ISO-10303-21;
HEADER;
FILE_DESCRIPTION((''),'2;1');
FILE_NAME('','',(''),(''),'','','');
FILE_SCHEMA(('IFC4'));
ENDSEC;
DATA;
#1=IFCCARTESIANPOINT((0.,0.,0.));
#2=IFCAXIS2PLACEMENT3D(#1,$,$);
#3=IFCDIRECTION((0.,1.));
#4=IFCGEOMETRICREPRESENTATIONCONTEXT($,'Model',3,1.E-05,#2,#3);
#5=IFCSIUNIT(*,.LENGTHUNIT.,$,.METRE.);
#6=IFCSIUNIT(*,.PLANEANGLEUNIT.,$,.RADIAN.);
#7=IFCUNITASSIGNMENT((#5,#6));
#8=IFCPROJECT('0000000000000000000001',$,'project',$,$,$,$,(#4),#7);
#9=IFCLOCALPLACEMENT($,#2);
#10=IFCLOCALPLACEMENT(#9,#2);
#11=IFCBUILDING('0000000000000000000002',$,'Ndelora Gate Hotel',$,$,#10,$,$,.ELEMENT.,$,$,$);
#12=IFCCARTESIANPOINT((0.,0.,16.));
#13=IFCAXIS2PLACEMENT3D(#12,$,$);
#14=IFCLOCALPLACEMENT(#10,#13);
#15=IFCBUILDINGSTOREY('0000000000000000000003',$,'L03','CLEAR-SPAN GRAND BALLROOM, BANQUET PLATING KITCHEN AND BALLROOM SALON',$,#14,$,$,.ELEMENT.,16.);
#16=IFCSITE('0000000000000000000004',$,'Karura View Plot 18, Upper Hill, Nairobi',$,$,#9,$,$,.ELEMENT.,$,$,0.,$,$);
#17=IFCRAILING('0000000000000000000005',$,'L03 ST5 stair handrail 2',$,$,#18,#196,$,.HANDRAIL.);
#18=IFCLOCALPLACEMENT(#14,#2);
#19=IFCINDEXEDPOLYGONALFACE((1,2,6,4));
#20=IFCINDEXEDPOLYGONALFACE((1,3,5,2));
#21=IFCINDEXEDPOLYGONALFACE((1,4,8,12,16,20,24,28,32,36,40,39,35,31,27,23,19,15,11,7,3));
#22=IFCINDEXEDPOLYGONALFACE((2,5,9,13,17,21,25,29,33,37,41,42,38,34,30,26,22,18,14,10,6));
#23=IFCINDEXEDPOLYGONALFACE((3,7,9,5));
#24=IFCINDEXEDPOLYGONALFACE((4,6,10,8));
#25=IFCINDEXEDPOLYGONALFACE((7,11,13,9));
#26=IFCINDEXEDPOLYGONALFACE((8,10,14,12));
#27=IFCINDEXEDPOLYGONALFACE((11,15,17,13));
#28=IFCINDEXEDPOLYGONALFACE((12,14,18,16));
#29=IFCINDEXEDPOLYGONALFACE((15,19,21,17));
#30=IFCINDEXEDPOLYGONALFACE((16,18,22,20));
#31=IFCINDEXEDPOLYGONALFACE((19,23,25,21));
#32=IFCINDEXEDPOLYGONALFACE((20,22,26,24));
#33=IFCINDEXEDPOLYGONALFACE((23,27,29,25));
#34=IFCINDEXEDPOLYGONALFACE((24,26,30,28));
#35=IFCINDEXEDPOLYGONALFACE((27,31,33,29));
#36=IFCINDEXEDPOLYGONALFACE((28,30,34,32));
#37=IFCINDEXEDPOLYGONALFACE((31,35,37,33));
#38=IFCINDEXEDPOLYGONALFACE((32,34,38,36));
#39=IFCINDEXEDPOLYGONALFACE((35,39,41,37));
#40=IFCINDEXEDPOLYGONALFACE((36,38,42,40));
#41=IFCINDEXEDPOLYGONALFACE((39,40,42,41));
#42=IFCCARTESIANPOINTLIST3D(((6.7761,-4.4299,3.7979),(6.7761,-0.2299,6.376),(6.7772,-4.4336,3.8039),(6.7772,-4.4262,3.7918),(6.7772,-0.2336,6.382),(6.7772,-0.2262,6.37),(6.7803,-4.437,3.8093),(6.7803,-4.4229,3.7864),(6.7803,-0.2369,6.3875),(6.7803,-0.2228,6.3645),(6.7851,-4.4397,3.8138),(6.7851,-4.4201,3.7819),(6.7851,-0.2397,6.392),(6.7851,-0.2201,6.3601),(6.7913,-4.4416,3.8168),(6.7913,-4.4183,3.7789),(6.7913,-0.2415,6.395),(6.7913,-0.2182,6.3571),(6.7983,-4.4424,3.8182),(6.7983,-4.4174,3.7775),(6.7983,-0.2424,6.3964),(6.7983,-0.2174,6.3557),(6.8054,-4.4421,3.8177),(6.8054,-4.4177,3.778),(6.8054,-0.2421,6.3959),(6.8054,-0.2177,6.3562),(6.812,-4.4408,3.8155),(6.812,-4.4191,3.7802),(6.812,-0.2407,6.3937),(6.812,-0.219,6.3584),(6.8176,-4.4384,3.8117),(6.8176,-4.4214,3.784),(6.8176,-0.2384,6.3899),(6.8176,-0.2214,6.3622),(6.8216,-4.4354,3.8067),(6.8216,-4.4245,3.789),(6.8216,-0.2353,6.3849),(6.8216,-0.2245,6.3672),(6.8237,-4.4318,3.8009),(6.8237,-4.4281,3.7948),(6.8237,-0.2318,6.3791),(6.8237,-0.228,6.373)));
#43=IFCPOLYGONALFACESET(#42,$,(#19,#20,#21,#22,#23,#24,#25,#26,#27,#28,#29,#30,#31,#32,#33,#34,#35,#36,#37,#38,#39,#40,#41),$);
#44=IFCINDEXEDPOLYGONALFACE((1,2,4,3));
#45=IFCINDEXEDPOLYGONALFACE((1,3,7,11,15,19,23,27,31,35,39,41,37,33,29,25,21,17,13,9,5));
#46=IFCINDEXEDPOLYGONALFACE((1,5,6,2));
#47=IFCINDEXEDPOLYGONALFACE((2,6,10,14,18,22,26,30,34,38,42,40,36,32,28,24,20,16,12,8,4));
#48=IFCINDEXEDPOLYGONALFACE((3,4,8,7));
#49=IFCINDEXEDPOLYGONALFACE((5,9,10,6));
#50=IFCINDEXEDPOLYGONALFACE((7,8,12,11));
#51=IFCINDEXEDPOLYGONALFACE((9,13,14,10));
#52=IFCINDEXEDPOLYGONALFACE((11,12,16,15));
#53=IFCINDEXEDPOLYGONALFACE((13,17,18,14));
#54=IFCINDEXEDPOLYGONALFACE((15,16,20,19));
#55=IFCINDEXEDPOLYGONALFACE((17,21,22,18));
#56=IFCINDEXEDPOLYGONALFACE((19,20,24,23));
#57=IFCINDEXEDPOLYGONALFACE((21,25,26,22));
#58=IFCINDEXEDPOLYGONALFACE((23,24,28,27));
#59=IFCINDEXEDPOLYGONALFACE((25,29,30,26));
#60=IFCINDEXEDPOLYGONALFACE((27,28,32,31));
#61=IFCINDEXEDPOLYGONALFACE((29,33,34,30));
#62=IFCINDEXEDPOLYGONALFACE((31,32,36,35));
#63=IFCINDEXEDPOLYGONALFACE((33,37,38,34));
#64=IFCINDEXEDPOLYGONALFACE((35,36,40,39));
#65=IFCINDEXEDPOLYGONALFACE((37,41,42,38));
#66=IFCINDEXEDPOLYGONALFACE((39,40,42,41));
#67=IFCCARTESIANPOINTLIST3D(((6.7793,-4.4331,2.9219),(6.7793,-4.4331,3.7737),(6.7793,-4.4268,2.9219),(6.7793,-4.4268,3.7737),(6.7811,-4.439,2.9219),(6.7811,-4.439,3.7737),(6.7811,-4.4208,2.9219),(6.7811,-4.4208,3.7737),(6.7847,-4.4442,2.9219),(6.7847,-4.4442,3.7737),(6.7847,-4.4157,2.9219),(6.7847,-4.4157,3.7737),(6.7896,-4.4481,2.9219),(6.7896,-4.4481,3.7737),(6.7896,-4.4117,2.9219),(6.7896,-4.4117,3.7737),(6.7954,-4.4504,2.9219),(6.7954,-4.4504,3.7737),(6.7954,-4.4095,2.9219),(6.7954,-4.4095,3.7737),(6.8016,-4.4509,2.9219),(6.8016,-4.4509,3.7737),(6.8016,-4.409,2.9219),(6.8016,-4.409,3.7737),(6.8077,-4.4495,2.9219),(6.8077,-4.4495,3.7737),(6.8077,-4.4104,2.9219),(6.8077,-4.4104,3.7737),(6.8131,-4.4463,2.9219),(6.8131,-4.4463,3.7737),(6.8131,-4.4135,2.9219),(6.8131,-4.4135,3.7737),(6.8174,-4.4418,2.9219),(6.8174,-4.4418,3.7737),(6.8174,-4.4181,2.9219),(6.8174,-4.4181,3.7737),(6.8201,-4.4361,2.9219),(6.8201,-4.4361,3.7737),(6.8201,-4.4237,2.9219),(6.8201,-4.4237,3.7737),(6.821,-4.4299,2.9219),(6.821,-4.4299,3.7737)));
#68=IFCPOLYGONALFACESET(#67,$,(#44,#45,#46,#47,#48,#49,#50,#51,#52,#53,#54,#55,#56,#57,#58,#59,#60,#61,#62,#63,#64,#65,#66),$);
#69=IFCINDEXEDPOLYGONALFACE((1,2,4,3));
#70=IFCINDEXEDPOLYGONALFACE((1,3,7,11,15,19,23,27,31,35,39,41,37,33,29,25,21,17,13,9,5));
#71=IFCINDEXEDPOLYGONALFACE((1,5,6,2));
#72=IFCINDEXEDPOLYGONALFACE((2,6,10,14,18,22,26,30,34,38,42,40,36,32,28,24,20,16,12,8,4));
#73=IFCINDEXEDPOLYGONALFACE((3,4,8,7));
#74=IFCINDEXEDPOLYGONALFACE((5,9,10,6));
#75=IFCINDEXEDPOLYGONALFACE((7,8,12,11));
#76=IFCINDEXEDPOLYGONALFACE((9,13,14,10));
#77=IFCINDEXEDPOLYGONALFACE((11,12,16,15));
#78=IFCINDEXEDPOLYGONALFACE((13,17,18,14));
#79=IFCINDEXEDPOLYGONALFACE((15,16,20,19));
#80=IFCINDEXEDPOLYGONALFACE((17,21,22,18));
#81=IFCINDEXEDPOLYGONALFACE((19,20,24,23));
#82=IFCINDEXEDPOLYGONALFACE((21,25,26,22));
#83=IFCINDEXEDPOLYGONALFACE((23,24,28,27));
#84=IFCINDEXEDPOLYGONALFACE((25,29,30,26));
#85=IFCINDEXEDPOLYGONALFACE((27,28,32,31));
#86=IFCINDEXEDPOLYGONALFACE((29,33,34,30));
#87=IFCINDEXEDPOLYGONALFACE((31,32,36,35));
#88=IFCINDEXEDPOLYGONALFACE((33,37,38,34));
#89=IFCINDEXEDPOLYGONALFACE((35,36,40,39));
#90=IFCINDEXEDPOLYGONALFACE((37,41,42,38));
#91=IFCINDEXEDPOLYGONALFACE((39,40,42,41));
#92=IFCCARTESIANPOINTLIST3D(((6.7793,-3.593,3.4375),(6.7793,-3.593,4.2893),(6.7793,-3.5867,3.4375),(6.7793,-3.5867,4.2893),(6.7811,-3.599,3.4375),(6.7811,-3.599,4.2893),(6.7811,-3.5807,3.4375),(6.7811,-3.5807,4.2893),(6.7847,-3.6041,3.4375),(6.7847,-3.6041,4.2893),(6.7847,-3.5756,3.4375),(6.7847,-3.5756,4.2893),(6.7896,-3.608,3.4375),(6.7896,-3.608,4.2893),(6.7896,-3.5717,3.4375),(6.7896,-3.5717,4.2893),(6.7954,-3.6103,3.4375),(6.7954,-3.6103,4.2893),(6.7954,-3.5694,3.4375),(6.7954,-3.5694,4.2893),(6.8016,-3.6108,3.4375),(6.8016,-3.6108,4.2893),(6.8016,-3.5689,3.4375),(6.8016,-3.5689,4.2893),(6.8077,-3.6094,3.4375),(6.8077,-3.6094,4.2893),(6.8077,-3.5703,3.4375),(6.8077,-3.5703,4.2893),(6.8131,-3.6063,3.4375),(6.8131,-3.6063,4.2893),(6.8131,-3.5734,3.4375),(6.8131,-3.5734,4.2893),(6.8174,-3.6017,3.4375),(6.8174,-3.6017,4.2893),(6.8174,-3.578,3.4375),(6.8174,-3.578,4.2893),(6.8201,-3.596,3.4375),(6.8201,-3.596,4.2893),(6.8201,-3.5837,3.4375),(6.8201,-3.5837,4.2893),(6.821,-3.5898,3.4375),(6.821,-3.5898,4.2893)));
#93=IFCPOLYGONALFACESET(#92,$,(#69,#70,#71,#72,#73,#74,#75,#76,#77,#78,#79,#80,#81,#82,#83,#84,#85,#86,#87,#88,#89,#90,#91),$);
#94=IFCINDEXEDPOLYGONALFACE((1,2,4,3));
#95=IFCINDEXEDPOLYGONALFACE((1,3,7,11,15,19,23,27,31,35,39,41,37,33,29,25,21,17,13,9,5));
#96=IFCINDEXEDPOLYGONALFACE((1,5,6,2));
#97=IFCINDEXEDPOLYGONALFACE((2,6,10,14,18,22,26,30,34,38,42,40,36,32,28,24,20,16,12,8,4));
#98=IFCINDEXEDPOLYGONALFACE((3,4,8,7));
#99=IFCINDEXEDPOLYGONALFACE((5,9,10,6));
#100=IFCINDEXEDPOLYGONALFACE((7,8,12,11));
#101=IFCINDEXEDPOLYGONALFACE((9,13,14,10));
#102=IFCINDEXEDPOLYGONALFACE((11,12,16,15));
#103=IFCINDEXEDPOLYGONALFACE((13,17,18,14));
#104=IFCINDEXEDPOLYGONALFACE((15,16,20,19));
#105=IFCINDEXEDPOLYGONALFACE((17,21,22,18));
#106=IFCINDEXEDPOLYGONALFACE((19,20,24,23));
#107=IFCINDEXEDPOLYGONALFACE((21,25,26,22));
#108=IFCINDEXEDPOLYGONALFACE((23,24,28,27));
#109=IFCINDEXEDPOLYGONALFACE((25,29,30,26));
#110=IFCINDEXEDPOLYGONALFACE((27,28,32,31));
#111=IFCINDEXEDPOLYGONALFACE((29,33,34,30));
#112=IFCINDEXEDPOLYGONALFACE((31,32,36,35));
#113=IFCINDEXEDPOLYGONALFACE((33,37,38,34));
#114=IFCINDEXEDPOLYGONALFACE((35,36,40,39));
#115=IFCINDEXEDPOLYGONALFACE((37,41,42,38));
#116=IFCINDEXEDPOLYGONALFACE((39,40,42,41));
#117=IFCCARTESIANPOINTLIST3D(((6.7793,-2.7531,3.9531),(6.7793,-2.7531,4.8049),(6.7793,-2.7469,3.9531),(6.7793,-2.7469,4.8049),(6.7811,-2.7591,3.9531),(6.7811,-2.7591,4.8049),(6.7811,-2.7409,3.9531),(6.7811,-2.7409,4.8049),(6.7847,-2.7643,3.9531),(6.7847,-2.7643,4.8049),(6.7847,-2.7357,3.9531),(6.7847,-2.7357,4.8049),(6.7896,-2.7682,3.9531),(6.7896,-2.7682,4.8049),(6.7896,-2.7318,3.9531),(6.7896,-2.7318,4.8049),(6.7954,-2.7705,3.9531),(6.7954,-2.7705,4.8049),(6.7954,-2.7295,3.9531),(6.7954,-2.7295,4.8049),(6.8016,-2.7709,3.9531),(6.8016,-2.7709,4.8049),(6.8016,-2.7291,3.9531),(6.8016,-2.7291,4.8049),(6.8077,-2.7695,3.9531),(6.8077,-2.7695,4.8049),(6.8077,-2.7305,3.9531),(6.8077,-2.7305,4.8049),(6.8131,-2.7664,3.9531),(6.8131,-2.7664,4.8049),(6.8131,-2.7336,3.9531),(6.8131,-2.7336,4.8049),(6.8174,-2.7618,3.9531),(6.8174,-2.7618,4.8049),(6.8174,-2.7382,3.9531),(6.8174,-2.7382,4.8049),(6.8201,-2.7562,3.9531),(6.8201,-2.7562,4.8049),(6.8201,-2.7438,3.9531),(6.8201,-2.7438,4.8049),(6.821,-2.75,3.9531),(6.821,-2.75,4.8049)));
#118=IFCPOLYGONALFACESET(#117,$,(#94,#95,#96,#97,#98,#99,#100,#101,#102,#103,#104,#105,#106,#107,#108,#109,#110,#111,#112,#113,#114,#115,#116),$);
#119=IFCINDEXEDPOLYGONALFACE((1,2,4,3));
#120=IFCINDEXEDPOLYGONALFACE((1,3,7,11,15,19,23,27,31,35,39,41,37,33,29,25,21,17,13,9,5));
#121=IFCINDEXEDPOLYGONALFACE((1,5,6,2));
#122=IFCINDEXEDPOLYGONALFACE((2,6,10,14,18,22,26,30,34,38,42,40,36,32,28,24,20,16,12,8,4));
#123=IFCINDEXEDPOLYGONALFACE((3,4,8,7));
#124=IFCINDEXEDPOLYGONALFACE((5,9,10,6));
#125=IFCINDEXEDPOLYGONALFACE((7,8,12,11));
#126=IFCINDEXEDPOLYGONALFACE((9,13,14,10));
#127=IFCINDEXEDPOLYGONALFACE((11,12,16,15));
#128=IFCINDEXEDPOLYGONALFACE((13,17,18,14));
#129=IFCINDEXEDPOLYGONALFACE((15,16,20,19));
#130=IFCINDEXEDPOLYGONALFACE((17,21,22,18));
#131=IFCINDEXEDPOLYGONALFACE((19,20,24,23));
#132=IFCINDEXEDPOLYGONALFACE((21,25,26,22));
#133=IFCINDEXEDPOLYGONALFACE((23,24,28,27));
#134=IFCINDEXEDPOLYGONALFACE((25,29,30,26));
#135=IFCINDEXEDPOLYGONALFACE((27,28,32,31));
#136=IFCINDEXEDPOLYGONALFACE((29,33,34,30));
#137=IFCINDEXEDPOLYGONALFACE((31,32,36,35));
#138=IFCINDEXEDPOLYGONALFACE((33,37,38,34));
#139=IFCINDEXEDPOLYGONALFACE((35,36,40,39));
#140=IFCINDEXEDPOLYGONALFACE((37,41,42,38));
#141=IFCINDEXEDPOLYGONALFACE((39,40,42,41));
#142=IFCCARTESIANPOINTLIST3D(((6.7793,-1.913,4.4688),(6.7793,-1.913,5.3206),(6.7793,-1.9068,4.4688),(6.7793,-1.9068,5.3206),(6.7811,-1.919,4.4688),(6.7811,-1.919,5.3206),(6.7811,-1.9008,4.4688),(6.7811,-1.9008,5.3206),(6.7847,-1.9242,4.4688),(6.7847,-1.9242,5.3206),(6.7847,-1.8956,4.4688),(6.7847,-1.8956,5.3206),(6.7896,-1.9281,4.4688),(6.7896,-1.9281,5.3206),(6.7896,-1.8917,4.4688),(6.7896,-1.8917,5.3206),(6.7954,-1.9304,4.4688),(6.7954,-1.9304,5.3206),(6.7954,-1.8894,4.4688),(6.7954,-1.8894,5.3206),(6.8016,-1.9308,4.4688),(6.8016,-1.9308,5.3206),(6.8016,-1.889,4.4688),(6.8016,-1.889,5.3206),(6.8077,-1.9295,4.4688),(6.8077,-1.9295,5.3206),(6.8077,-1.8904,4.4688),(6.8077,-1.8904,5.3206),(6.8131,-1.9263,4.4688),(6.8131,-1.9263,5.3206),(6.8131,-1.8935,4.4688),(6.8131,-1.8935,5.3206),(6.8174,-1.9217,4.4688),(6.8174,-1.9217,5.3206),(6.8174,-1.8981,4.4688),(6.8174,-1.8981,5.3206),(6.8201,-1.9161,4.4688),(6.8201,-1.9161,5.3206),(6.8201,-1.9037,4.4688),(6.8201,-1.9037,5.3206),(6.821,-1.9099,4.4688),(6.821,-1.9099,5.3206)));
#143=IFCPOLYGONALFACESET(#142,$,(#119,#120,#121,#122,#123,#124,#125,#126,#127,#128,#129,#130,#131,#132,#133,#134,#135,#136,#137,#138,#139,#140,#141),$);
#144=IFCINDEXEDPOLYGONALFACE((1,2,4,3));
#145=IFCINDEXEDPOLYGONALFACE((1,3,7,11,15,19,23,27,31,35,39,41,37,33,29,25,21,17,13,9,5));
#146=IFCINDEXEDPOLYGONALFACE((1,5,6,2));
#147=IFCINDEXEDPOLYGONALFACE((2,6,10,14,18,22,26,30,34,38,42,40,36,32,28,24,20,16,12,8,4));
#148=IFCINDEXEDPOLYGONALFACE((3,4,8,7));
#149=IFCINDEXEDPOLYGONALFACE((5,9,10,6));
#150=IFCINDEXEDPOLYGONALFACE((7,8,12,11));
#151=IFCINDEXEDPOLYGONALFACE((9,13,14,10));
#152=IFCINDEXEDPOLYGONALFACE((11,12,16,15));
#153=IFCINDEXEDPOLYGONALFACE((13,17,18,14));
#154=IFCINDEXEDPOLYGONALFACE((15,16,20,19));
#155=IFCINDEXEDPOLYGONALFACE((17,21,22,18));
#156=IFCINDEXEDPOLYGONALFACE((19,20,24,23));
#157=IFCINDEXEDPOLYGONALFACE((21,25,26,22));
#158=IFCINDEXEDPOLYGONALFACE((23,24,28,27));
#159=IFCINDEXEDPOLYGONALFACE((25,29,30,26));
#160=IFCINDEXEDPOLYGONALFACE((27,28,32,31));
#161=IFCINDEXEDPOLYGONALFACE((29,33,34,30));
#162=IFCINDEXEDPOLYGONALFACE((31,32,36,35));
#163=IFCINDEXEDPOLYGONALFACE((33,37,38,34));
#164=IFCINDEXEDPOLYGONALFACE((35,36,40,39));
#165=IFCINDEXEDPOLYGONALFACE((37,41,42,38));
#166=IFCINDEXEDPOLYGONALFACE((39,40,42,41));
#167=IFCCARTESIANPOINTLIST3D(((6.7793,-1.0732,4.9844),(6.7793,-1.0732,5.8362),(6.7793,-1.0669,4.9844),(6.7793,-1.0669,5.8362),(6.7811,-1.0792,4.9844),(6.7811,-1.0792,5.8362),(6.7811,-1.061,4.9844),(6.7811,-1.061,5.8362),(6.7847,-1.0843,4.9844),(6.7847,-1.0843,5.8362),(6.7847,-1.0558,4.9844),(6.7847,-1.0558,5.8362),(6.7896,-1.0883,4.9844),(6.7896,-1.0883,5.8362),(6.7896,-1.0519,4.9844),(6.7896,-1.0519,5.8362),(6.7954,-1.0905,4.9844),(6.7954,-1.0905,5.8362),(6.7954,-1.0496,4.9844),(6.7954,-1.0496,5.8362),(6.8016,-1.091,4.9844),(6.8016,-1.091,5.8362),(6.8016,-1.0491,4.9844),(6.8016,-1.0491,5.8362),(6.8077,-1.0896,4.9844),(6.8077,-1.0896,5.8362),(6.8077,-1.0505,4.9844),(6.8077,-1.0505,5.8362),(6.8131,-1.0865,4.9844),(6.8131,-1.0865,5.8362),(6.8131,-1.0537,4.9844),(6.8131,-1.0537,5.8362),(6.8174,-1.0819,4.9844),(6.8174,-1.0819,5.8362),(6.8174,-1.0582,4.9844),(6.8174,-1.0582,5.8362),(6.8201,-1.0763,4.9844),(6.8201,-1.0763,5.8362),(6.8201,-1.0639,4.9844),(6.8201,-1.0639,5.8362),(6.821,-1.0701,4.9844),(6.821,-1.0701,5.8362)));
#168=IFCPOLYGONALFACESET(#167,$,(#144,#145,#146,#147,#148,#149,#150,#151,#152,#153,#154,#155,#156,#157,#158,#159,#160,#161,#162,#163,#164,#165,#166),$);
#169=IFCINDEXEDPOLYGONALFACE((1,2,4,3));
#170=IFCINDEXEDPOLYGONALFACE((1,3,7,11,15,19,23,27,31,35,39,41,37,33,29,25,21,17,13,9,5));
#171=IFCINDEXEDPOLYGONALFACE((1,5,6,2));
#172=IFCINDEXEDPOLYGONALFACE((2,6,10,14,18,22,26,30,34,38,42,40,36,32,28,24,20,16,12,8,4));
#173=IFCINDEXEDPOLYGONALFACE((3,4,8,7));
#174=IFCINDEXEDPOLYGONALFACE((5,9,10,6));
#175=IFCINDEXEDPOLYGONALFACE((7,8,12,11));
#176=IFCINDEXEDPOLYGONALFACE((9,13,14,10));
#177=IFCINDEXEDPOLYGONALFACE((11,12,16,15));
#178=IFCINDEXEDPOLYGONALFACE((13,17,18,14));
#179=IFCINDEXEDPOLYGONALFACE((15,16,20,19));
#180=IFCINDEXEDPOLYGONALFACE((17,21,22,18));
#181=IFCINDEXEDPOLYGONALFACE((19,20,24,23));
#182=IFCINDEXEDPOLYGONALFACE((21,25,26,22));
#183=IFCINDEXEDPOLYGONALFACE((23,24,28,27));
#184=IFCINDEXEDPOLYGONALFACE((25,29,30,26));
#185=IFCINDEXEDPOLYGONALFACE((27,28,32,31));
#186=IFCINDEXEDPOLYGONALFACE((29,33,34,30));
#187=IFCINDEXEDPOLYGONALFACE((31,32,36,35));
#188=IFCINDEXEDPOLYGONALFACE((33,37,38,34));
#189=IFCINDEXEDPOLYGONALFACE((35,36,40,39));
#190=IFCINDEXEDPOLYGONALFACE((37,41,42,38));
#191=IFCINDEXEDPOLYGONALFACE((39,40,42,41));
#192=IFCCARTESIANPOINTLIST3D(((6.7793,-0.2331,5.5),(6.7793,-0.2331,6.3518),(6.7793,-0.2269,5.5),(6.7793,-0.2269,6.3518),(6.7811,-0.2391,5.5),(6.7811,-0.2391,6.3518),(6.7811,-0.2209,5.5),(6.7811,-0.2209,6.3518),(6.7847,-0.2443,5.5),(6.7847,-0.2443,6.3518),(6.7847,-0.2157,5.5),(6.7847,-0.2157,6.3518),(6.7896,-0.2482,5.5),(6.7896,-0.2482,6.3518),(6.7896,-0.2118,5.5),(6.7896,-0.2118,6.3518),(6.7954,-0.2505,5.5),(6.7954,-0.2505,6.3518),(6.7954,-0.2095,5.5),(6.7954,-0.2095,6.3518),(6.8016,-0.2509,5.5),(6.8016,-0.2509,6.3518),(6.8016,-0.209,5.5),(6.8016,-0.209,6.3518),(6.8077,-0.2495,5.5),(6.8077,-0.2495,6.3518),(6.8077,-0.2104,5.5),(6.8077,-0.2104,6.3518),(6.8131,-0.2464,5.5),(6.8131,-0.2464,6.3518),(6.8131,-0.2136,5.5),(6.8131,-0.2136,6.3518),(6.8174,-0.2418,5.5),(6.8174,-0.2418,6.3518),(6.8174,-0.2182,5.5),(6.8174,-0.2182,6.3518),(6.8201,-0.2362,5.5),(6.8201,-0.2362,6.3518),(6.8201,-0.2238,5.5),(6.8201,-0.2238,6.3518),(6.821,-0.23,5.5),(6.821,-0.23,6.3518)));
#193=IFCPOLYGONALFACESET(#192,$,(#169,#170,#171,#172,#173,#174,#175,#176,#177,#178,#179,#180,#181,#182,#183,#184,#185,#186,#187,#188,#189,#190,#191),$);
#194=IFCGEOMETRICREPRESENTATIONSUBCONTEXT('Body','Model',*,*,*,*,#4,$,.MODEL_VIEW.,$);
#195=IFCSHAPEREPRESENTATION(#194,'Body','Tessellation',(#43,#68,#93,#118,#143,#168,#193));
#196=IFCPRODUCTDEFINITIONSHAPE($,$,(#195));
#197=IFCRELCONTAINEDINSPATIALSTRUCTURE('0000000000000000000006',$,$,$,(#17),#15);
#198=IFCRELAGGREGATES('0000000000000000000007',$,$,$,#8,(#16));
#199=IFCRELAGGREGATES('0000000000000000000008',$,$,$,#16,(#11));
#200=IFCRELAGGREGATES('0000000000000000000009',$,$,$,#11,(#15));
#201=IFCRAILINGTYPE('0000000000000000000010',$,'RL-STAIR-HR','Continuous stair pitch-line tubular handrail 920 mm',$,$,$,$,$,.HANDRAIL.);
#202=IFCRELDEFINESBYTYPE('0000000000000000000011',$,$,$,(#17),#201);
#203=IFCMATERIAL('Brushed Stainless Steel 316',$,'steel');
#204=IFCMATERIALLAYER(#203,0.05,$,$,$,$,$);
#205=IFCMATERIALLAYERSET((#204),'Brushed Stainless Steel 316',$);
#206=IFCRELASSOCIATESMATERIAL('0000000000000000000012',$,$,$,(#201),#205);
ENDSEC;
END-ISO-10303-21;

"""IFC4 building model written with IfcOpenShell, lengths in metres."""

from ifc_helpers import new_model, si_unit, direction, frame, origin, origin_2d, place, context, subcontext, project, spatial, circle, extrude, material, layer, layer_set, type_object, element, save


model = new_model("IFC4")

# Units and contexts
model_context = context("Model", 3, precision=1e-05, world=origin(), true_north=direction((0.0, 1.0)))
body_context = subcontext(model_context, "Body", "Model", "MODEL_VIEW")
ifc_project = project(units=[si_unit("LENGTHUNIT", "METRE"), si_unit("PLANEANGLEUNIT", "RADIAN")], contexts=[model_context])

# Site, building, storey
site_placement = place(None, origin())
site = spatial("IfcSite", under=ifc_project, at=site_placement, Name="Karura View Plot 18, Upper Hill, Nairobi", CompositionType="ELEMENT", RefElevation=0.0)
building_placement = place(site_placement, origin())
building = spatial("IfcBuilding", under=site, at=building_placement, Name="Ndelora Gate Hotel", CompositionType="ELEMENT")
storey_placement = place(building_placement, frame((0.0, 0.0, 16.0)))
storey = spatial("IfcBuildingStorey", under=building, at=storey_placement, Name="L03", Description="CLEAR-SPAN GRAND BALLROOM, BANQUET PLATING KITCHEN AND BALLROOM SALON", CompositionType="ELEMENT", Elevation=16.0)

# Railing
ifc_material_1 = material(Name="Brushed Stainless Steel 316", Category="steel")
ifc_layer_1 = layer(ifc_material_1, 0.05)
ifc_layer_set_1 = layer_set([ifc_layer_1], Name="Brushed Stainless Steel 316")
railing_type_1 = type_object("IfcRailingType", Name="RL-STAIR-HR", Description="Continuous stair pitch-line tubular handrail 920 mm", PredefinedType="HANDRAIL", material=ifc_layer_set_1)
railing_1_placement = place(storey_placement, frame((6.8, -4.4299, 2.9219)))
element("IfcRailing", 1, at=railing_1_placement, inside=storey, type_object=railing_type_1, Name="L03 ST5 stair handrail 2", PredefinedType="HANDRAIL", context=body_context, shape_type="SweptSolid", body=[
    extrude(circle(Radius=0.0239, at=origin_2d()), frame((0.0, 0.0, 0.876), z_axis=(0.0, 0.852243, 0.523146), x_axis=(-1.0, 0.0, 0.0)), (0.0, 0.0, 1.0), 4.9282),
    extrude(circle(Radius=0.021, at=origin_2d()), origin(), (0.0, 0.0, 1.0), 0.8518),
    extrude(circle(Radius=0.021, at=origin_2d()), frame((0.0, 0.8401, 0.5156)), (0.0, 0.0, 1.0), 0.8518),
    extrude(circle(Radius=0.021, at=origin_2d()), frame((0.0, 1.6799, 1.0312)), (0.0, 0.0, 1.0), 0.8518),
    extrude(circle(Radius=0.021, at=origin_2d()), frame((0.0, 2.52, 1.5469)), (0.0, 0.0, 1.0), 0.8518),
    extrude(circle(Radius=0.021, at=origin_2d()), frame((0.0, 3.3599, 2.0625)), (0.0, 0.0, 1.0), 0.8518),
    extrude(circle(Radius=0.021, at=origin_2d()), frame((0.0, 4.2, 2.5781)), (0.0, 0.0, 1.0), 0.8518),
])

save(model, "model.ifc")
